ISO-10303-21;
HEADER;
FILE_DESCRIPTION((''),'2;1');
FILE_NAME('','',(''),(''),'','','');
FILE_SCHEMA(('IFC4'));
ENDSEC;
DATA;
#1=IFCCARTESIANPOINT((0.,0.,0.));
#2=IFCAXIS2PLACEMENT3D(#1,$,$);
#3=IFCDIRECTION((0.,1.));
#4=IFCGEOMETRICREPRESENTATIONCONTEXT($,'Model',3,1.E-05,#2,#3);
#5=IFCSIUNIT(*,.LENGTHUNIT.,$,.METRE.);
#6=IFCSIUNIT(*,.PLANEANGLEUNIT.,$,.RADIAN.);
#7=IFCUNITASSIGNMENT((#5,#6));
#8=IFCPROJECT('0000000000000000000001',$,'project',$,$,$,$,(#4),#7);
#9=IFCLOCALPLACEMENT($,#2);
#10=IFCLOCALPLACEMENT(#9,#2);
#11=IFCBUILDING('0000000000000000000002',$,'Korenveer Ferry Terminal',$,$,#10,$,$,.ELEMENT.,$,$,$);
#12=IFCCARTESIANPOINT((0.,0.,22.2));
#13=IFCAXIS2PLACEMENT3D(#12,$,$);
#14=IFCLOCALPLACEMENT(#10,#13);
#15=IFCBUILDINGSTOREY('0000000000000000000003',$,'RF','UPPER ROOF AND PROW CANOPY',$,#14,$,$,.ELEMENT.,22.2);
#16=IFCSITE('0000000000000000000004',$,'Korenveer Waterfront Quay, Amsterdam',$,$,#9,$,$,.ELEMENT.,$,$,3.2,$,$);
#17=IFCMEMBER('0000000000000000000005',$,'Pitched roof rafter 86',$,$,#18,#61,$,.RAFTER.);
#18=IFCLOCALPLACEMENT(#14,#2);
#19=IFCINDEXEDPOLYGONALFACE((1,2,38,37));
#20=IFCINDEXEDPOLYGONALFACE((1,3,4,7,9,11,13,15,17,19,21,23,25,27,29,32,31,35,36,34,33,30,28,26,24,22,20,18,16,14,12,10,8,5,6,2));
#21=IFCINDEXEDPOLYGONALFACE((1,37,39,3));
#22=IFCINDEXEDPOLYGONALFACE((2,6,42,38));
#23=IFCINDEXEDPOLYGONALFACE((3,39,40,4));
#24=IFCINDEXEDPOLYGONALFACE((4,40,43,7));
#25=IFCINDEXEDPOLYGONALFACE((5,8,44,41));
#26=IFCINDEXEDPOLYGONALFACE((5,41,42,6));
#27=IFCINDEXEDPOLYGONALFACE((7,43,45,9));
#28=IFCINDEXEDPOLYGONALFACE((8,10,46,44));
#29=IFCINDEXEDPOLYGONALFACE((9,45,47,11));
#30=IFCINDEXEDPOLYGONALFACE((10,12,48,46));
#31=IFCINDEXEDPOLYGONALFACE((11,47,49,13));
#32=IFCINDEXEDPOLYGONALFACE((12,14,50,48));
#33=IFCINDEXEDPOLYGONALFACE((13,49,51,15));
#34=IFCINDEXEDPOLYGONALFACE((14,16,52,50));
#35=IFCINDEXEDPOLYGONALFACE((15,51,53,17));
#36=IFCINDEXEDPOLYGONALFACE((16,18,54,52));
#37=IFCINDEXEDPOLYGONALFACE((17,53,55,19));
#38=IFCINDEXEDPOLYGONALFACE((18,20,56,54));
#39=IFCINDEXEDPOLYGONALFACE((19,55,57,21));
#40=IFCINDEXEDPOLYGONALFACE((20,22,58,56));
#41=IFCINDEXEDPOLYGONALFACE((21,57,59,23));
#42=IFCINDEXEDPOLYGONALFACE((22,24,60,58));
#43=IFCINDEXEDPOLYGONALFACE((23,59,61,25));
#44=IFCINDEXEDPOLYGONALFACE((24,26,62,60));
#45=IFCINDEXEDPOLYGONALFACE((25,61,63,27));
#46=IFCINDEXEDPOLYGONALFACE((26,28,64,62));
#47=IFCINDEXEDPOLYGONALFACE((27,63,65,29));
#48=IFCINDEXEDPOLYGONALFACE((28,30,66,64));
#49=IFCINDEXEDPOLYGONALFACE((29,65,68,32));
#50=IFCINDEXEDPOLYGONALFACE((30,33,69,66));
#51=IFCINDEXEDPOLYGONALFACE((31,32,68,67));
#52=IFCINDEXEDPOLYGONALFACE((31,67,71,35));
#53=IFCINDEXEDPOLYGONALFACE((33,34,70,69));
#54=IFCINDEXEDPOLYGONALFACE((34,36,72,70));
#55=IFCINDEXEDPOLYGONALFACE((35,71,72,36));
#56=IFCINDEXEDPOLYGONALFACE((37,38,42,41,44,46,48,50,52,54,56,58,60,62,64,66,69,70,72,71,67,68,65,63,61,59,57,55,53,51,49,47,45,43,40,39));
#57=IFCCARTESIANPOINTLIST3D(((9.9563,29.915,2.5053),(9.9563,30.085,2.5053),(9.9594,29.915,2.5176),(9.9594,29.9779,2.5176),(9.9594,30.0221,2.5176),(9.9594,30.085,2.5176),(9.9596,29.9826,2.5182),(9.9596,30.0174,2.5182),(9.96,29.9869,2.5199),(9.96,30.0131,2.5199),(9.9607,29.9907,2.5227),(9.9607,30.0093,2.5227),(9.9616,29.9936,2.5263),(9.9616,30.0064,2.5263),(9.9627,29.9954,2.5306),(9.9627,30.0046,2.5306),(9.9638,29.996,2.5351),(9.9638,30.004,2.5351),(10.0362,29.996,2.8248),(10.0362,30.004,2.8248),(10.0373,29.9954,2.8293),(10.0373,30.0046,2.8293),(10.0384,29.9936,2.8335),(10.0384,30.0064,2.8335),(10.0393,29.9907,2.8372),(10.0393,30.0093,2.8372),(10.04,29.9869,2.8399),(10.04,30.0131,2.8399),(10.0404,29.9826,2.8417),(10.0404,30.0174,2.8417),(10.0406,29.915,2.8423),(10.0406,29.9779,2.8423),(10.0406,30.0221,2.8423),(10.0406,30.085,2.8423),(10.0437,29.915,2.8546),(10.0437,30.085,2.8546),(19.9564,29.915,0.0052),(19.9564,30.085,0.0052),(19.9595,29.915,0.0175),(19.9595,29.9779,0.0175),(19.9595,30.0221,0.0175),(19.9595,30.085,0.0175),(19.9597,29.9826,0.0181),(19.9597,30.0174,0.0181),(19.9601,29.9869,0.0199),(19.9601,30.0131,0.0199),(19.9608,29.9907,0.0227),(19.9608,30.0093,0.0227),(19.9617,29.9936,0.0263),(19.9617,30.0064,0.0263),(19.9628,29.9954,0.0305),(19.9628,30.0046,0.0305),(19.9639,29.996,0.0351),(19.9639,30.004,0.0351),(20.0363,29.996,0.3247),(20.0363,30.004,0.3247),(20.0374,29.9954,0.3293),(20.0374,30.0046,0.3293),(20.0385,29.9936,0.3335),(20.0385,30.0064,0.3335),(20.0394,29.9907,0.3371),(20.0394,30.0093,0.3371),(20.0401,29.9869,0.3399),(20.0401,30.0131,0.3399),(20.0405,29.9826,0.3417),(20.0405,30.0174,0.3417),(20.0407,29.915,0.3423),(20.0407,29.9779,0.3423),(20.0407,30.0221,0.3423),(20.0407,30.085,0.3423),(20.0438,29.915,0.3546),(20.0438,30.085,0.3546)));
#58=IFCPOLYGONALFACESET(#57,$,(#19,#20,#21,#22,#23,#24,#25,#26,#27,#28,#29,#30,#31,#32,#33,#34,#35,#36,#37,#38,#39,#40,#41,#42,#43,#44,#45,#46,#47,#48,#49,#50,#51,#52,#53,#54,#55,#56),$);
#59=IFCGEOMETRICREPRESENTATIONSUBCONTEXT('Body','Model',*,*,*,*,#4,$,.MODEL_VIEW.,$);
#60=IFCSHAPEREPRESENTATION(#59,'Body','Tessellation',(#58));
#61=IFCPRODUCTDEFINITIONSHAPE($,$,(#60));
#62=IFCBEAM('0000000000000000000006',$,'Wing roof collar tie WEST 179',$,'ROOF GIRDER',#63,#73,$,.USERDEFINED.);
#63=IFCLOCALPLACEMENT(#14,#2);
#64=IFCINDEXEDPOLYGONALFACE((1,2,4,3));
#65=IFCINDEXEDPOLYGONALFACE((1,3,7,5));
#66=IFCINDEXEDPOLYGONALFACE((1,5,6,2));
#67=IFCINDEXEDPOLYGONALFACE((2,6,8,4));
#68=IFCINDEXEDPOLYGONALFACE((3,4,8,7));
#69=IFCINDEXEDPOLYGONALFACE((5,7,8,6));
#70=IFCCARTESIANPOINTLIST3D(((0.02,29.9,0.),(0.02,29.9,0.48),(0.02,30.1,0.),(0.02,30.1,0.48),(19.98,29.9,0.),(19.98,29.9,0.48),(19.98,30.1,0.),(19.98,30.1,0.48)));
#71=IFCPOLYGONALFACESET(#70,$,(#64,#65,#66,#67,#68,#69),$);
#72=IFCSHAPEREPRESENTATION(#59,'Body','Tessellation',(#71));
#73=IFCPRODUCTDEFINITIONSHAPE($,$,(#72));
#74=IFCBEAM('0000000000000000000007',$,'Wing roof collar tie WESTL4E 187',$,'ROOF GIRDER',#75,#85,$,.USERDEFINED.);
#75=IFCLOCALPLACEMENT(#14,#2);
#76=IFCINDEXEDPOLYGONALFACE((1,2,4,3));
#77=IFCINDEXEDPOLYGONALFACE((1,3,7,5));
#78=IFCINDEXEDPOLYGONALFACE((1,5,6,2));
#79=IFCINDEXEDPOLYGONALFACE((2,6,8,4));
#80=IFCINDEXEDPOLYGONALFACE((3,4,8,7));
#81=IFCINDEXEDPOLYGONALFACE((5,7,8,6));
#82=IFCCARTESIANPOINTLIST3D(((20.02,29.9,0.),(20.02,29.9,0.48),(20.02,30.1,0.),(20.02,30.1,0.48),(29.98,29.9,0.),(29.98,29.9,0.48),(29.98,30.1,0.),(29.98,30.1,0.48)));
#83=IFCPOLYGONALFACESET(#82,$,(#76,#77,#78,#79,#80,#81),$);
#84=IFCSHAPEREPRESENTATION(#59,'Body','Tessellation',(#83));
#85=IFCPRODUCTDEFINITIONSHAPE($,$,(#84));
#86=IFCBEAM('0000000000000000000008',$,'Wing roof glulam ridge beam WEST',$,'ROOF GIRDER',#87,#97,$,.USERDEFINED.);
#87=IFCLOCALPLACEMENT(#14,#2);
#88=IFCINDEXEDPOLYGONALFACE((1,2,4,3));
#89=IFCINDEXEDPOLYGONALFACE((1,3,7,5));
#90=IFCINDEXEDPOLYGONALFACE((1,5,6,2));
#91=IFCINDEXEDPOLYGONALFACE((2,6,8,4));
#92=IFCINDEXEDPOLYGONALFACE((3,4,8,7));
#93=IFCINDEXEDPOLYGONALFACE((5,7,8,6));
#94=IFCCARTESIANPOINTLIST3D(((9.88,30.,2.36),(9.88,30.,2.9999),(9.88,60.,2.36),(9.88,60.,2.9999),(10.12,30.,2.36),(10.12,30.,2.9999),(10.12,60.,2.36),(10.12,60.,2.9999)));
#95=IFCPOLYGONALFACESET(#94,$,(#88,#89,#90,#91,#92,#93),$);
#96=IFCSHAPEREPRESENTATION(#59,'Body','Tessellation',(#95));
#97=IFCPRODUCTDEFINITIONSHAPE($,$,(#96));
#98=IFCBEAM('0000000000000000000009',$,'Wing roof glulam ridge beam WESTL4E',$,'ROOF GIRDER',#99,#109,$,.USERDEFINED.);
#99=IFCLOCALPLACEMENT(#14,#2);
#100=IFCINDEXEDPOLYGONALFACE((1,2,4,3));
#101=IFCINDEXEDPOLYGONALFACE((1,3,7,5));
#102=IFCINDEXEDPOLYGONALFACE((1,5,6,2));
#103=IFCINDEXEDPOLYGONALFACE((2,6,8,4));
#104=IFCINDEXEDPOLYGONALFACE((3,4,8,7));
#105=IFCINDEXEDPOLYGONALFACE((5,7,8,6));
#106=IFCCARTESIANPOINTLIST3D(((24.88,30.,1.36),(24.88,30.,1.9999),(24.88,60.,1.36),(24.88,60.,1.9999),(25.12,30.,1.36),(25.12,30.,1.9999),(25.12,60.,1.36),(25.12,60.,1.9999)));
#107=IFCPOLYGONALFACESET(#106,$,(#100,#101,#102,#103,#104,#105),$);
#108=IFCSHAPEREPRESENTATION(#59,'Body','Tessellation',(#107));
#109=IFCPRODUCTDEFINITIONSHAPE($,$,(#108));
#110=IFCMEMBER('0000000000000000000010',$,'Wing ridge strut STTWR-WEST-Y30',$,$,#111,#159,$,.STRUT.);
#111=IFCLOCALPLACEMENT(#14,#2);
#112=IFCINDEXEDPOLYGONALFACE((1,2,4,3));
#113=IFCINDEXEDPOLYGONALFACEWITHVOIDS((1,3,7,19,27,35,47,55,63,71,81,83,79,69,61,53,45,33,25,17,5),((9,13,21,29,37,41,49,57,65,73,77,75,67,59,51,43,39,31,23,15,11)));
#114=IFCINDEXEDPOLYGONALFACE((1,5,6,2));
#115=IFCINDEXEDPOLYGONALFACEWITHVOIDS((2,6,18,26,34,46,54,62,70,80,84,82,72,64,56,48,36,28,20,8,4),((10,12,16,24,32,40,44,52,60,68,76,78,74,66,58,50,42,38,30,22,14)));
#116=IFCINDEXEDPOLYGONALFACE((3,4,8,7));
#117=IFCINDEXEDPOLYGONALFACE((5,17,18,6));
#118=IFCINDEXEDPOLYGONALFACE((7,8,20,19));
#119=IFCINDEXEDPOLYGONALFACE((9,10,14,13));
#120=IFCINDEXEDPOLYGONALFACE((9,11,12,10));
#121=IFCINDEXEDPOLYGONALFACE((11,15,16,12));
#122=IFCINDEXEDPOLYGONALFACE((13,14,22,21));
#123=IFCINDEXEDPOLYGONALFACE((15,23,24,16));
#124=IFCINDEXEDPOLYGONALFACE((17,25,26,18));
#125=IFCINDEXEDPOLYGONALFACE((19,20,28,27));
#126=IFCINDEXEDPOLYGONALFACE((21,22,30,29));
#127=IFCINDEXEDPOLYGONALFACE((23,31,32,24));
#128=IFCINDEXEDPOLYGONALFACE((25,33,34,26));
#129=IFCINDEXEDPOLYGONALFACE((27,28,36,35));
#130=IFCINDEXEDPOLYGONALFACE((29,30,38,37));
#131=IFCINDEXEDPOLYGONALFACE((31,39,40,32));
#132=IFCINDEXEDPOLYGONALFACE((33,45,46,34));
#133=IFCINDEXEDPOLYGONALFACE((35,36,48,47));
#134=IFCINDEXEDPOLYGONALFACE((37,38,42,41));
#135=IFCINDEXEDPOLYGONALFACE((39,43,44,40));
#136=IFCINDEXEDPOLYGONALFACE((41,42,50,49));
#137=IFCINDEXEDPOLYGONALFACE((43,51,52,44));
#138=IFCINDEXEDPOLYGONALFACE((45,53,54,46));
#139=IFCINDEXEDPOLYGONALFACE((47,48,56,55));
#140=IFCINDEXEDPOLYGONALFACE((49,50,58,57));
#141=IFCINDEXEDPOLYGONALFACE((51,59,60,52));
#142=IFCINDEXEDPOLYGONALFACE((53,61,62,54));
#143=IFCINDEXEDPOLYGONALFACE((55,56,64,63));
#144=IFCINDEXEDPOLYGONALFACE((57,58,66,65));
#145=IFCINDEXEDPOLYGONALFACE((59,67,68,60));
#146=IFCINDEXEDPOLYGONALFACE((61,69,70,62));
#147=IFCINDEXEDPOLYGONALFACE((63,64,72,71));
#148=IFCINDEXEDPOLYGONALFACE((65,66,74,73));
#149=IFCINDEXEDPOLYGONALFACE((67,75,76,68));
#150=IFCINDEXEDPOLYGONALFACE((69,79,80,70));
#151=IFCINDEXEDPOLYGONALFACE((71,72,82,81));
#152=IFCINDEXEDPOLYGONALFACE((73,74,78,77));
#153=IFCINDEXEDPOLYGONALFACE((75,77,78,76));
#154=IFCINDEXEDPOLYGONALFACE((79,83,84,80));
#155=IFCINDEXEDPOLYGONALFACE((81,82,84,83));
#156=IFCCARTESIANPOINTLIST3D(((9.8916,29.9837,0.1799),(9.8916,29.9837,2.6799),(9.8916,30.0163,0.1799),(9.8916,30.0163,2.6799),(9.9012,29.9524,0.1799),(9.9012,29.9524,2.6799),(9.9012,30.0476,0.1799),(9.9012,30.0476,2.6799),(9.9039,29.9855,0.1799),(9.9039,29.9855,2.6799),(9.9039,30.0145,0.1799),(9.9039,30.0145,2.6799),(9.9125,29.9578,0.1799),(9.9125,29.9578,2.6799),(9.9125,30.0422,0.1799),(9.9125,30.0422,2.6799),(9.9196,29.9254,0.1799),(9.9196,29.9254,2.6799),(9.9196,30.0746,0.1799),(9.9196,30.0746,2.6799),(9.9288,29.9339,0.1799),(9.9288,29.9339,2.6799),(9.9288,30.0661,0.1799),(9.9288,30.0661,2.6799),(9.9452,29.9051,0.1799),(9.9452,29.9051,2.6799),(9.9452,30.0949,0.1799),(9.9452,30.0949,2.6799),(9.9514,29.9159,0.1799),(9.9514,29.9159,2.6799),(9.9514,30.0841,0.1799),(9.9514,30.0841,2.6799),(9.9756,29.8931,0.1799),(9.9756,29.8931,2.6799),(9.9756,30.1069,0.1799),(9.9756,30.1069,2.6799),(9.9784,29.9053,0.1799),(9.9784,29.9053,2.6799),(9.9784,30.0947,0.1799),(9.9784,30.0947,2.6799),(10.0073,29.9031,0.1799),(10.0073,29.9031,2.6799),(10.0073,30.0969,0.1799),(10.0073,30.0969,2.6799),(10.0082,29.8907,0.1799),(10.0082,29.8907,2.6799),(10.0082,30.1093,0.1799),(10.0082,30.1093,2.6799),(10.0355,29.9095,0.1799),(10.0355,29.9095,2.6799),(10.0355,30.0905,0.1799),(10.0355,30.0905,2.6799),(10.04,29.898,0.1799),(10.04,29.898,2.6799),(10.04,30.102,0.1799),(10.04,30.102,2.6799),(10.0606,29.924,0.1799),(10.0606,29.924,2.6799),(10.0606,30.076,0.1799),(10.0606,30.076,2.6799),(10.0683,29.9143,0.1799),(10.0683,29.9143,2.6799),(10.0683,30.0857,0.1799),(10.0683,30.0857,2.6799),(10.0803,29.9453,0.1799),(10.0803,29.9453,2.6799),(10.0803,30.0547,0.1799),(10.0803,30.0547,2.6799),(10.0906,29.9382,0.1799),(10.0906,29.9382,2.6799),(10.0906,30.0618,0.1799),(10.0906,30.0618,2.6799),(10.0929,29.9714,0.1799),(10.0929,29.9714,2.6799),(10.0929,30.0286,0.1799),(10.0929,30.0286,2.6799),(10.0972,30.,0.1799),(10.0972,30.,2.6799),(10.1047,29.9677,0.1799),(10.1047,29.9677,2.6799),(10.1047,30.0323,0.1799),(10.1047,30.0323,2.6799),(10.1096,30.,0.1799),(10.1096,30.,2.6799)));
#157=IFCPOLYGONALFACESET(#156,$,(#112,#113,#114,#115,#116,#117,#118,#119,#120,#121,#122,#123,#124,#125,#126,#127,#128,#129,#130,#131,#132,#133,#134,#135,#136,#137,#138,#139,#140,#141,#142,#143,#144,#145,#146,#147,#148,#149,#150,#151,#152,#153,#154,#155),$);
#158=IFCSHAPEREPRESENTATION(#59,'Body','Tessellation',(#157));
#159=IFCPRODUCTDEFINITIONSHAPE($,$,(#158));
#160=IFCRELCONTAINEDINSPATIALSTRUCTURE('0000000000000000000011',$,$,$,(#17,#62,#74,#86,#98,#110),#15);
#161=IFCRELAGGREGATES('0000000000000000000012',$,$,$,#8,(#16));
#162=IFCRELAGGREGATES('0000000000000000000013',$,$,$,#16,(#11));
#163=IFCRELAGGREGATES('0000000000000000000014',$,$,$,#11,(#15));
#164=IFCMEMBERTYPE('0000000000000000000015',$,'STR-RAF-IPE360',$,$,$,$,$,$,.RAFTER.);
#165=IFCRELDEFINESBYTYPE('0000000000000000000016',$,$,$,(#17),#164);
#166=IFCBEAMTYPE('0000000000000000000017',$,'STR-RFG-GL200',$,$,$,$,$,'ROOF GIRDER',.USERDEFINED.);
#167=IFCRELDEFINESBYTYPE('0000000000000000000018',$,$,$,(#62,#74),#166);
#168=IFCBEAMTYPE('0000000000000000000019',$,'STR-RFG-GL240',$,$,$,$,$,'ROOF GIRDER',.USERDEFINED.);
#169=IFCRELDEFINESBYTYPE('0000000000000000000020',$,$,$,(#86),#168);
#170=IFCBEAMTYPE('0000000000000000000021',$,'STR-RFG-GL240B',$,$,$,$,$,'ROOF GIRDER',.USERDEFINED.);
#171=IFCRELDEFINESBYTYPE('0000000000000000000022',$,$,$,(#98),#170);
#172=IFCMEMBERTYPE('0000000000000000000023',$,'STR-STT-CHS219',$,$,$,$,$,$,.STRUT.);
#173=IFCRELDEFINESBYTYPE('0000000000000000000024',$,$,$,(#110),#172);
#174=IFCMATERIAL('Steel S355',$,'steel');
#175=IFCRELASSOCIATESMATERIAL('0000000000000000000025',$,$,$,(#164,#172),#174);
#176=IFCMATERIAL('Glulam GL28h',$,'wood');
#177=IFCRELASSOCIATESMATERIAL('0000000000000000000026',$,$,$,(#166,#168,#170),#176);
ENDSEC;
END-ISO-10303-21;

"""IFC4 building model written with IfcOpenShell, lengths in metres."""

from ifc_helpers import new_model, si_unit, direction, frame, origin, origin_2d, place, context, subcontext, project, spatial, rectangle, hollow_circle, i_section, extrude, material, material_profile, profile_set, type_object, element, save


model = new_model("IFC4")

# Units and contexts
model_context = context("Model", 3, precision=1e-05, world=origin(), true_north=direction((0.0, 1.0)))
body_context = subcontext(model_context, "Body", "Model", "MODEL_VIEW")
ifc_project = project(units=[si_unit("LENGTHUNIT", "METRE"), si_unit("PLANEANGLEUNIT", "RADIAN")], contexts=[model_context])

# Site, building, storey
site_placement = place(None, origin())
site = spatial("IfcSite", under=ifc_project, at=site_placement, Name="Korenveer Waterfront Quay, Amsterdam", CompositionType="ELEMENT", RefElevation=3.2)
building_placement = place(site_placement, origin())
building = spatial("IfcBuilding", under=site, at=building_placement, Name="Korenveer Ferry Terminal", CompositionType="ELEMENT")
storey_placement = place(building_placement, frame((0.0, 0.0, 22.2)))
storey = spatial("IfcBuildingStorey", under=building, at=storey_placement, Name="RF", Description="UPPER ROOF AND PROW CANOPY", CompositionType="ELEMENT", Elevation=22.2)

# Shared definitions
ifc_material_1 = material(Name="Steel S355", Category="steel")

# Member
ifc_material_profile_1 = material_profile(ifc_material_1, i_section(OverallWidth=0.1699, OverallDepth=0.3601, WebThickness=0.0081, FlangeThickness=0.0127, FilletRadius=0.0181, at=origin_2d()), Name="IPE 360")
ifc_profile_set_1 = profile_set([ifc_material_profile_1], Name="Steel S355")
member_type_1 = type_object("IfcMemberType", Name="STR-RAF-IPE360", PredefinedType="RAFTER", material=ifc_profile_set_1)
for number, where, z_axis, x_axis, name in (
    (1, (10.0, 30.0, 2.6799), (0.970143, 0.0, -0.242536), (0.0, 1.0, 0.0), "Pitched roof rafter 86"),
):
    element("IfcMember", number, at=place(storey_placement, frame(where, z_axis=z_axis, x_axis=x_axis)), inside=storey, type_object=member_type_1, Name=name, PredefinedType="RAFTER", context=body_context, shape_type="SweptSolid", body=[
        extrude(i_section(OverallWidth=0.1699, OverallDepth=0.3601, WebThickness=0.0081, FlangeThickness=0.0127, FilletRadius=0.0181, at=origin_2d()), origin(), (0.0, 0.0, 1.0), 10.3079),
    ])

# Beams
ifc_material_2 = material(Name="Glulam GL28h", Category="wood")
ifc_material_profile_2 = material_profile(ifc_material_2, rectangle(XDim=0.2, YDim=0.48, at=origin_2d()), Name="GL 200x480")
ifc_profile_set_2 = profile_set([ifc_material_profile_2], Name="Glulam GL28h")
beam_type_1 = type_object("IfcBeamType", Name="STR-RFG-GL200", ElementType="ROOF GIRDER", PredefinedType="USERDEFINED", material=ifc_profile_set_2)
beam_1_placement = place(storey_placement, frame((0.02, 30.0, 0.24), z_axis=(1.0, 0.0, 0.0), x_axis=(0.0, 1.0, 0.0)))
element("IfcBeam", 2, at=beam_1_placement, inside=storey, type_object=beam_type_1, Name="Wing roof collar tie WEST 179", ObjectType="ROOF GIRDER", PredefinedType="USERDEFINED", context=body_context, shape_type="SweptSolid", body=[
    extrude(rectangle(XDim=0.2, YDim=0.48, at=origin_2d()), origin(), (0.0, 0.0, 1.0), 19.96),
])
beam_2_placement = place(storey_placement, frame((20.02, 30.0, 0.24), z_axis=(1.0, 0.0, 0.0), x_axis=(0.0, 1.0, 0.0)))
element("IfcBeam", 3, at=beam_2_placement, inside=storey, type_object=beam_type_1, Name="Wing roof collar tie WESTL4E 187", ObjectType="ROOF GIRDER", PredefinedType="USERDEFINED", context=body_context, shape_type="SweptSolid", body=[
    extrude(rectangle(XDim=0.2, YDim=0.48, at=origin_2d()), origin(), (0.0, 0.0, 1.0), 9.96),
])
ifc_material_profile_3 = material_profile(ifc_material_2, rectangle(XDim=0.24, YDim=0.6399, at=origin_2d()), Name="GL 240x640")
ifc_profile_set_3 = profile_set([ifc_material_profile_3], Name="Glulam GL28h")
beam_type_2 = type_object("IfcBeamType", Name="STR-RFG-GL240", ElementType="ROOF GIRDER", PredefinedType="USERDEFINED", material=ifc_profile_set_3)
beam_3_placement = place(storey_placement, frame((10.0, 30.0, 2.6799), z_axis=(0.0, 1.0, 0.0), x_axis=(-1.0, 0.0, 0.0)))
element("IfcBeam", 4, at=beam_3_placement, inside=storey, type_object=beam_type_2, Name="Wing roof glulam ridge beam WEST", ObjectType="ROOF GIRDER", PredefinedType="USERDEFINED", context=body_context, shape_type="SweptSolid", body=[
    extrude(rectangle(XDim=0.24, YDim=0.6399, at=origin_2d()), origin(), (0.0, 0.0, 1.0), 30.0),
])
ifc_material_profile_4 = material_profile(ifc_material_2, rectangle(XDim=0.24, YDim=0.6399, at=origin_2d()), Name="GL 240x640")
ifc_profile_set_4 = profile_set([ifc_material_profile_4], Name="Glulam GL28h")
beam_type_3 = type_object("IfcBeamType", Name="STR-RFG-GL240B", ElementType="ROOF GIRDER", PredefinedType="USERDEFINED", material=ifc_profile_set_4)
beam_4_placement = place(storey_placement, frame((25.0, 30.0, 1.6799), z_axis=(0.0, 1.0, 0.0), x_axis=(-1.0, 0.0, 0.0)))
element("IfcBeam", 5, at=beam_4_placement, inside=storey, type_object=beam_type_3, Name="Wing roof glulam ridge beam WESTL4E", ObjectType="ROOF GIRDER", PredefinedType="USERDEFINED", context=body_context, shape_type="SweptSolid", body=[
    extrude(rectangle(XDim=0.24, YDim=0.6399, at=origin_2d()), origin(), (0.0, 0.0, 1.0), 30.0),
])

# Member
ifc_material_profile_5 = material_profile(ifc_material_1, hollow_circle(Radius=0.1096, WallThickness=0.0125, at=origin_2d()), Name="CHS 219.1x12.5")
ifc_profile_set_5 = profile_set([ifc_material_profile_5], Name="Steel S355")
member_type_2 = type_object("IfcMemberType", Name="STR-STT-CHS219", PredefinedType="STRUT", material=ifc_profile_set_5)
member_1_placement = place(storey_placement, frame((10.0, 30.0, 0.1799), z_axis=(0.0, 0.0, 1.0), x_axis=(1.0, 0.0, 0.0)))
element("IfcMember", 6, at=member_1_placement, inside=storey, type_object=member_type_2, Name="Wing ridge strut STTWR-WEST-Y30", PredefinedType="STRUT", context=body_context, shape_type="SweptSolid", body=[
    extrude(hollow_circle(Radius=0.1096, WallThickness=0.0125, at=origin_2d()), origin(), (0.0, 0.0, 1.0), 2.5),
])

save(model, "model.ifc")
